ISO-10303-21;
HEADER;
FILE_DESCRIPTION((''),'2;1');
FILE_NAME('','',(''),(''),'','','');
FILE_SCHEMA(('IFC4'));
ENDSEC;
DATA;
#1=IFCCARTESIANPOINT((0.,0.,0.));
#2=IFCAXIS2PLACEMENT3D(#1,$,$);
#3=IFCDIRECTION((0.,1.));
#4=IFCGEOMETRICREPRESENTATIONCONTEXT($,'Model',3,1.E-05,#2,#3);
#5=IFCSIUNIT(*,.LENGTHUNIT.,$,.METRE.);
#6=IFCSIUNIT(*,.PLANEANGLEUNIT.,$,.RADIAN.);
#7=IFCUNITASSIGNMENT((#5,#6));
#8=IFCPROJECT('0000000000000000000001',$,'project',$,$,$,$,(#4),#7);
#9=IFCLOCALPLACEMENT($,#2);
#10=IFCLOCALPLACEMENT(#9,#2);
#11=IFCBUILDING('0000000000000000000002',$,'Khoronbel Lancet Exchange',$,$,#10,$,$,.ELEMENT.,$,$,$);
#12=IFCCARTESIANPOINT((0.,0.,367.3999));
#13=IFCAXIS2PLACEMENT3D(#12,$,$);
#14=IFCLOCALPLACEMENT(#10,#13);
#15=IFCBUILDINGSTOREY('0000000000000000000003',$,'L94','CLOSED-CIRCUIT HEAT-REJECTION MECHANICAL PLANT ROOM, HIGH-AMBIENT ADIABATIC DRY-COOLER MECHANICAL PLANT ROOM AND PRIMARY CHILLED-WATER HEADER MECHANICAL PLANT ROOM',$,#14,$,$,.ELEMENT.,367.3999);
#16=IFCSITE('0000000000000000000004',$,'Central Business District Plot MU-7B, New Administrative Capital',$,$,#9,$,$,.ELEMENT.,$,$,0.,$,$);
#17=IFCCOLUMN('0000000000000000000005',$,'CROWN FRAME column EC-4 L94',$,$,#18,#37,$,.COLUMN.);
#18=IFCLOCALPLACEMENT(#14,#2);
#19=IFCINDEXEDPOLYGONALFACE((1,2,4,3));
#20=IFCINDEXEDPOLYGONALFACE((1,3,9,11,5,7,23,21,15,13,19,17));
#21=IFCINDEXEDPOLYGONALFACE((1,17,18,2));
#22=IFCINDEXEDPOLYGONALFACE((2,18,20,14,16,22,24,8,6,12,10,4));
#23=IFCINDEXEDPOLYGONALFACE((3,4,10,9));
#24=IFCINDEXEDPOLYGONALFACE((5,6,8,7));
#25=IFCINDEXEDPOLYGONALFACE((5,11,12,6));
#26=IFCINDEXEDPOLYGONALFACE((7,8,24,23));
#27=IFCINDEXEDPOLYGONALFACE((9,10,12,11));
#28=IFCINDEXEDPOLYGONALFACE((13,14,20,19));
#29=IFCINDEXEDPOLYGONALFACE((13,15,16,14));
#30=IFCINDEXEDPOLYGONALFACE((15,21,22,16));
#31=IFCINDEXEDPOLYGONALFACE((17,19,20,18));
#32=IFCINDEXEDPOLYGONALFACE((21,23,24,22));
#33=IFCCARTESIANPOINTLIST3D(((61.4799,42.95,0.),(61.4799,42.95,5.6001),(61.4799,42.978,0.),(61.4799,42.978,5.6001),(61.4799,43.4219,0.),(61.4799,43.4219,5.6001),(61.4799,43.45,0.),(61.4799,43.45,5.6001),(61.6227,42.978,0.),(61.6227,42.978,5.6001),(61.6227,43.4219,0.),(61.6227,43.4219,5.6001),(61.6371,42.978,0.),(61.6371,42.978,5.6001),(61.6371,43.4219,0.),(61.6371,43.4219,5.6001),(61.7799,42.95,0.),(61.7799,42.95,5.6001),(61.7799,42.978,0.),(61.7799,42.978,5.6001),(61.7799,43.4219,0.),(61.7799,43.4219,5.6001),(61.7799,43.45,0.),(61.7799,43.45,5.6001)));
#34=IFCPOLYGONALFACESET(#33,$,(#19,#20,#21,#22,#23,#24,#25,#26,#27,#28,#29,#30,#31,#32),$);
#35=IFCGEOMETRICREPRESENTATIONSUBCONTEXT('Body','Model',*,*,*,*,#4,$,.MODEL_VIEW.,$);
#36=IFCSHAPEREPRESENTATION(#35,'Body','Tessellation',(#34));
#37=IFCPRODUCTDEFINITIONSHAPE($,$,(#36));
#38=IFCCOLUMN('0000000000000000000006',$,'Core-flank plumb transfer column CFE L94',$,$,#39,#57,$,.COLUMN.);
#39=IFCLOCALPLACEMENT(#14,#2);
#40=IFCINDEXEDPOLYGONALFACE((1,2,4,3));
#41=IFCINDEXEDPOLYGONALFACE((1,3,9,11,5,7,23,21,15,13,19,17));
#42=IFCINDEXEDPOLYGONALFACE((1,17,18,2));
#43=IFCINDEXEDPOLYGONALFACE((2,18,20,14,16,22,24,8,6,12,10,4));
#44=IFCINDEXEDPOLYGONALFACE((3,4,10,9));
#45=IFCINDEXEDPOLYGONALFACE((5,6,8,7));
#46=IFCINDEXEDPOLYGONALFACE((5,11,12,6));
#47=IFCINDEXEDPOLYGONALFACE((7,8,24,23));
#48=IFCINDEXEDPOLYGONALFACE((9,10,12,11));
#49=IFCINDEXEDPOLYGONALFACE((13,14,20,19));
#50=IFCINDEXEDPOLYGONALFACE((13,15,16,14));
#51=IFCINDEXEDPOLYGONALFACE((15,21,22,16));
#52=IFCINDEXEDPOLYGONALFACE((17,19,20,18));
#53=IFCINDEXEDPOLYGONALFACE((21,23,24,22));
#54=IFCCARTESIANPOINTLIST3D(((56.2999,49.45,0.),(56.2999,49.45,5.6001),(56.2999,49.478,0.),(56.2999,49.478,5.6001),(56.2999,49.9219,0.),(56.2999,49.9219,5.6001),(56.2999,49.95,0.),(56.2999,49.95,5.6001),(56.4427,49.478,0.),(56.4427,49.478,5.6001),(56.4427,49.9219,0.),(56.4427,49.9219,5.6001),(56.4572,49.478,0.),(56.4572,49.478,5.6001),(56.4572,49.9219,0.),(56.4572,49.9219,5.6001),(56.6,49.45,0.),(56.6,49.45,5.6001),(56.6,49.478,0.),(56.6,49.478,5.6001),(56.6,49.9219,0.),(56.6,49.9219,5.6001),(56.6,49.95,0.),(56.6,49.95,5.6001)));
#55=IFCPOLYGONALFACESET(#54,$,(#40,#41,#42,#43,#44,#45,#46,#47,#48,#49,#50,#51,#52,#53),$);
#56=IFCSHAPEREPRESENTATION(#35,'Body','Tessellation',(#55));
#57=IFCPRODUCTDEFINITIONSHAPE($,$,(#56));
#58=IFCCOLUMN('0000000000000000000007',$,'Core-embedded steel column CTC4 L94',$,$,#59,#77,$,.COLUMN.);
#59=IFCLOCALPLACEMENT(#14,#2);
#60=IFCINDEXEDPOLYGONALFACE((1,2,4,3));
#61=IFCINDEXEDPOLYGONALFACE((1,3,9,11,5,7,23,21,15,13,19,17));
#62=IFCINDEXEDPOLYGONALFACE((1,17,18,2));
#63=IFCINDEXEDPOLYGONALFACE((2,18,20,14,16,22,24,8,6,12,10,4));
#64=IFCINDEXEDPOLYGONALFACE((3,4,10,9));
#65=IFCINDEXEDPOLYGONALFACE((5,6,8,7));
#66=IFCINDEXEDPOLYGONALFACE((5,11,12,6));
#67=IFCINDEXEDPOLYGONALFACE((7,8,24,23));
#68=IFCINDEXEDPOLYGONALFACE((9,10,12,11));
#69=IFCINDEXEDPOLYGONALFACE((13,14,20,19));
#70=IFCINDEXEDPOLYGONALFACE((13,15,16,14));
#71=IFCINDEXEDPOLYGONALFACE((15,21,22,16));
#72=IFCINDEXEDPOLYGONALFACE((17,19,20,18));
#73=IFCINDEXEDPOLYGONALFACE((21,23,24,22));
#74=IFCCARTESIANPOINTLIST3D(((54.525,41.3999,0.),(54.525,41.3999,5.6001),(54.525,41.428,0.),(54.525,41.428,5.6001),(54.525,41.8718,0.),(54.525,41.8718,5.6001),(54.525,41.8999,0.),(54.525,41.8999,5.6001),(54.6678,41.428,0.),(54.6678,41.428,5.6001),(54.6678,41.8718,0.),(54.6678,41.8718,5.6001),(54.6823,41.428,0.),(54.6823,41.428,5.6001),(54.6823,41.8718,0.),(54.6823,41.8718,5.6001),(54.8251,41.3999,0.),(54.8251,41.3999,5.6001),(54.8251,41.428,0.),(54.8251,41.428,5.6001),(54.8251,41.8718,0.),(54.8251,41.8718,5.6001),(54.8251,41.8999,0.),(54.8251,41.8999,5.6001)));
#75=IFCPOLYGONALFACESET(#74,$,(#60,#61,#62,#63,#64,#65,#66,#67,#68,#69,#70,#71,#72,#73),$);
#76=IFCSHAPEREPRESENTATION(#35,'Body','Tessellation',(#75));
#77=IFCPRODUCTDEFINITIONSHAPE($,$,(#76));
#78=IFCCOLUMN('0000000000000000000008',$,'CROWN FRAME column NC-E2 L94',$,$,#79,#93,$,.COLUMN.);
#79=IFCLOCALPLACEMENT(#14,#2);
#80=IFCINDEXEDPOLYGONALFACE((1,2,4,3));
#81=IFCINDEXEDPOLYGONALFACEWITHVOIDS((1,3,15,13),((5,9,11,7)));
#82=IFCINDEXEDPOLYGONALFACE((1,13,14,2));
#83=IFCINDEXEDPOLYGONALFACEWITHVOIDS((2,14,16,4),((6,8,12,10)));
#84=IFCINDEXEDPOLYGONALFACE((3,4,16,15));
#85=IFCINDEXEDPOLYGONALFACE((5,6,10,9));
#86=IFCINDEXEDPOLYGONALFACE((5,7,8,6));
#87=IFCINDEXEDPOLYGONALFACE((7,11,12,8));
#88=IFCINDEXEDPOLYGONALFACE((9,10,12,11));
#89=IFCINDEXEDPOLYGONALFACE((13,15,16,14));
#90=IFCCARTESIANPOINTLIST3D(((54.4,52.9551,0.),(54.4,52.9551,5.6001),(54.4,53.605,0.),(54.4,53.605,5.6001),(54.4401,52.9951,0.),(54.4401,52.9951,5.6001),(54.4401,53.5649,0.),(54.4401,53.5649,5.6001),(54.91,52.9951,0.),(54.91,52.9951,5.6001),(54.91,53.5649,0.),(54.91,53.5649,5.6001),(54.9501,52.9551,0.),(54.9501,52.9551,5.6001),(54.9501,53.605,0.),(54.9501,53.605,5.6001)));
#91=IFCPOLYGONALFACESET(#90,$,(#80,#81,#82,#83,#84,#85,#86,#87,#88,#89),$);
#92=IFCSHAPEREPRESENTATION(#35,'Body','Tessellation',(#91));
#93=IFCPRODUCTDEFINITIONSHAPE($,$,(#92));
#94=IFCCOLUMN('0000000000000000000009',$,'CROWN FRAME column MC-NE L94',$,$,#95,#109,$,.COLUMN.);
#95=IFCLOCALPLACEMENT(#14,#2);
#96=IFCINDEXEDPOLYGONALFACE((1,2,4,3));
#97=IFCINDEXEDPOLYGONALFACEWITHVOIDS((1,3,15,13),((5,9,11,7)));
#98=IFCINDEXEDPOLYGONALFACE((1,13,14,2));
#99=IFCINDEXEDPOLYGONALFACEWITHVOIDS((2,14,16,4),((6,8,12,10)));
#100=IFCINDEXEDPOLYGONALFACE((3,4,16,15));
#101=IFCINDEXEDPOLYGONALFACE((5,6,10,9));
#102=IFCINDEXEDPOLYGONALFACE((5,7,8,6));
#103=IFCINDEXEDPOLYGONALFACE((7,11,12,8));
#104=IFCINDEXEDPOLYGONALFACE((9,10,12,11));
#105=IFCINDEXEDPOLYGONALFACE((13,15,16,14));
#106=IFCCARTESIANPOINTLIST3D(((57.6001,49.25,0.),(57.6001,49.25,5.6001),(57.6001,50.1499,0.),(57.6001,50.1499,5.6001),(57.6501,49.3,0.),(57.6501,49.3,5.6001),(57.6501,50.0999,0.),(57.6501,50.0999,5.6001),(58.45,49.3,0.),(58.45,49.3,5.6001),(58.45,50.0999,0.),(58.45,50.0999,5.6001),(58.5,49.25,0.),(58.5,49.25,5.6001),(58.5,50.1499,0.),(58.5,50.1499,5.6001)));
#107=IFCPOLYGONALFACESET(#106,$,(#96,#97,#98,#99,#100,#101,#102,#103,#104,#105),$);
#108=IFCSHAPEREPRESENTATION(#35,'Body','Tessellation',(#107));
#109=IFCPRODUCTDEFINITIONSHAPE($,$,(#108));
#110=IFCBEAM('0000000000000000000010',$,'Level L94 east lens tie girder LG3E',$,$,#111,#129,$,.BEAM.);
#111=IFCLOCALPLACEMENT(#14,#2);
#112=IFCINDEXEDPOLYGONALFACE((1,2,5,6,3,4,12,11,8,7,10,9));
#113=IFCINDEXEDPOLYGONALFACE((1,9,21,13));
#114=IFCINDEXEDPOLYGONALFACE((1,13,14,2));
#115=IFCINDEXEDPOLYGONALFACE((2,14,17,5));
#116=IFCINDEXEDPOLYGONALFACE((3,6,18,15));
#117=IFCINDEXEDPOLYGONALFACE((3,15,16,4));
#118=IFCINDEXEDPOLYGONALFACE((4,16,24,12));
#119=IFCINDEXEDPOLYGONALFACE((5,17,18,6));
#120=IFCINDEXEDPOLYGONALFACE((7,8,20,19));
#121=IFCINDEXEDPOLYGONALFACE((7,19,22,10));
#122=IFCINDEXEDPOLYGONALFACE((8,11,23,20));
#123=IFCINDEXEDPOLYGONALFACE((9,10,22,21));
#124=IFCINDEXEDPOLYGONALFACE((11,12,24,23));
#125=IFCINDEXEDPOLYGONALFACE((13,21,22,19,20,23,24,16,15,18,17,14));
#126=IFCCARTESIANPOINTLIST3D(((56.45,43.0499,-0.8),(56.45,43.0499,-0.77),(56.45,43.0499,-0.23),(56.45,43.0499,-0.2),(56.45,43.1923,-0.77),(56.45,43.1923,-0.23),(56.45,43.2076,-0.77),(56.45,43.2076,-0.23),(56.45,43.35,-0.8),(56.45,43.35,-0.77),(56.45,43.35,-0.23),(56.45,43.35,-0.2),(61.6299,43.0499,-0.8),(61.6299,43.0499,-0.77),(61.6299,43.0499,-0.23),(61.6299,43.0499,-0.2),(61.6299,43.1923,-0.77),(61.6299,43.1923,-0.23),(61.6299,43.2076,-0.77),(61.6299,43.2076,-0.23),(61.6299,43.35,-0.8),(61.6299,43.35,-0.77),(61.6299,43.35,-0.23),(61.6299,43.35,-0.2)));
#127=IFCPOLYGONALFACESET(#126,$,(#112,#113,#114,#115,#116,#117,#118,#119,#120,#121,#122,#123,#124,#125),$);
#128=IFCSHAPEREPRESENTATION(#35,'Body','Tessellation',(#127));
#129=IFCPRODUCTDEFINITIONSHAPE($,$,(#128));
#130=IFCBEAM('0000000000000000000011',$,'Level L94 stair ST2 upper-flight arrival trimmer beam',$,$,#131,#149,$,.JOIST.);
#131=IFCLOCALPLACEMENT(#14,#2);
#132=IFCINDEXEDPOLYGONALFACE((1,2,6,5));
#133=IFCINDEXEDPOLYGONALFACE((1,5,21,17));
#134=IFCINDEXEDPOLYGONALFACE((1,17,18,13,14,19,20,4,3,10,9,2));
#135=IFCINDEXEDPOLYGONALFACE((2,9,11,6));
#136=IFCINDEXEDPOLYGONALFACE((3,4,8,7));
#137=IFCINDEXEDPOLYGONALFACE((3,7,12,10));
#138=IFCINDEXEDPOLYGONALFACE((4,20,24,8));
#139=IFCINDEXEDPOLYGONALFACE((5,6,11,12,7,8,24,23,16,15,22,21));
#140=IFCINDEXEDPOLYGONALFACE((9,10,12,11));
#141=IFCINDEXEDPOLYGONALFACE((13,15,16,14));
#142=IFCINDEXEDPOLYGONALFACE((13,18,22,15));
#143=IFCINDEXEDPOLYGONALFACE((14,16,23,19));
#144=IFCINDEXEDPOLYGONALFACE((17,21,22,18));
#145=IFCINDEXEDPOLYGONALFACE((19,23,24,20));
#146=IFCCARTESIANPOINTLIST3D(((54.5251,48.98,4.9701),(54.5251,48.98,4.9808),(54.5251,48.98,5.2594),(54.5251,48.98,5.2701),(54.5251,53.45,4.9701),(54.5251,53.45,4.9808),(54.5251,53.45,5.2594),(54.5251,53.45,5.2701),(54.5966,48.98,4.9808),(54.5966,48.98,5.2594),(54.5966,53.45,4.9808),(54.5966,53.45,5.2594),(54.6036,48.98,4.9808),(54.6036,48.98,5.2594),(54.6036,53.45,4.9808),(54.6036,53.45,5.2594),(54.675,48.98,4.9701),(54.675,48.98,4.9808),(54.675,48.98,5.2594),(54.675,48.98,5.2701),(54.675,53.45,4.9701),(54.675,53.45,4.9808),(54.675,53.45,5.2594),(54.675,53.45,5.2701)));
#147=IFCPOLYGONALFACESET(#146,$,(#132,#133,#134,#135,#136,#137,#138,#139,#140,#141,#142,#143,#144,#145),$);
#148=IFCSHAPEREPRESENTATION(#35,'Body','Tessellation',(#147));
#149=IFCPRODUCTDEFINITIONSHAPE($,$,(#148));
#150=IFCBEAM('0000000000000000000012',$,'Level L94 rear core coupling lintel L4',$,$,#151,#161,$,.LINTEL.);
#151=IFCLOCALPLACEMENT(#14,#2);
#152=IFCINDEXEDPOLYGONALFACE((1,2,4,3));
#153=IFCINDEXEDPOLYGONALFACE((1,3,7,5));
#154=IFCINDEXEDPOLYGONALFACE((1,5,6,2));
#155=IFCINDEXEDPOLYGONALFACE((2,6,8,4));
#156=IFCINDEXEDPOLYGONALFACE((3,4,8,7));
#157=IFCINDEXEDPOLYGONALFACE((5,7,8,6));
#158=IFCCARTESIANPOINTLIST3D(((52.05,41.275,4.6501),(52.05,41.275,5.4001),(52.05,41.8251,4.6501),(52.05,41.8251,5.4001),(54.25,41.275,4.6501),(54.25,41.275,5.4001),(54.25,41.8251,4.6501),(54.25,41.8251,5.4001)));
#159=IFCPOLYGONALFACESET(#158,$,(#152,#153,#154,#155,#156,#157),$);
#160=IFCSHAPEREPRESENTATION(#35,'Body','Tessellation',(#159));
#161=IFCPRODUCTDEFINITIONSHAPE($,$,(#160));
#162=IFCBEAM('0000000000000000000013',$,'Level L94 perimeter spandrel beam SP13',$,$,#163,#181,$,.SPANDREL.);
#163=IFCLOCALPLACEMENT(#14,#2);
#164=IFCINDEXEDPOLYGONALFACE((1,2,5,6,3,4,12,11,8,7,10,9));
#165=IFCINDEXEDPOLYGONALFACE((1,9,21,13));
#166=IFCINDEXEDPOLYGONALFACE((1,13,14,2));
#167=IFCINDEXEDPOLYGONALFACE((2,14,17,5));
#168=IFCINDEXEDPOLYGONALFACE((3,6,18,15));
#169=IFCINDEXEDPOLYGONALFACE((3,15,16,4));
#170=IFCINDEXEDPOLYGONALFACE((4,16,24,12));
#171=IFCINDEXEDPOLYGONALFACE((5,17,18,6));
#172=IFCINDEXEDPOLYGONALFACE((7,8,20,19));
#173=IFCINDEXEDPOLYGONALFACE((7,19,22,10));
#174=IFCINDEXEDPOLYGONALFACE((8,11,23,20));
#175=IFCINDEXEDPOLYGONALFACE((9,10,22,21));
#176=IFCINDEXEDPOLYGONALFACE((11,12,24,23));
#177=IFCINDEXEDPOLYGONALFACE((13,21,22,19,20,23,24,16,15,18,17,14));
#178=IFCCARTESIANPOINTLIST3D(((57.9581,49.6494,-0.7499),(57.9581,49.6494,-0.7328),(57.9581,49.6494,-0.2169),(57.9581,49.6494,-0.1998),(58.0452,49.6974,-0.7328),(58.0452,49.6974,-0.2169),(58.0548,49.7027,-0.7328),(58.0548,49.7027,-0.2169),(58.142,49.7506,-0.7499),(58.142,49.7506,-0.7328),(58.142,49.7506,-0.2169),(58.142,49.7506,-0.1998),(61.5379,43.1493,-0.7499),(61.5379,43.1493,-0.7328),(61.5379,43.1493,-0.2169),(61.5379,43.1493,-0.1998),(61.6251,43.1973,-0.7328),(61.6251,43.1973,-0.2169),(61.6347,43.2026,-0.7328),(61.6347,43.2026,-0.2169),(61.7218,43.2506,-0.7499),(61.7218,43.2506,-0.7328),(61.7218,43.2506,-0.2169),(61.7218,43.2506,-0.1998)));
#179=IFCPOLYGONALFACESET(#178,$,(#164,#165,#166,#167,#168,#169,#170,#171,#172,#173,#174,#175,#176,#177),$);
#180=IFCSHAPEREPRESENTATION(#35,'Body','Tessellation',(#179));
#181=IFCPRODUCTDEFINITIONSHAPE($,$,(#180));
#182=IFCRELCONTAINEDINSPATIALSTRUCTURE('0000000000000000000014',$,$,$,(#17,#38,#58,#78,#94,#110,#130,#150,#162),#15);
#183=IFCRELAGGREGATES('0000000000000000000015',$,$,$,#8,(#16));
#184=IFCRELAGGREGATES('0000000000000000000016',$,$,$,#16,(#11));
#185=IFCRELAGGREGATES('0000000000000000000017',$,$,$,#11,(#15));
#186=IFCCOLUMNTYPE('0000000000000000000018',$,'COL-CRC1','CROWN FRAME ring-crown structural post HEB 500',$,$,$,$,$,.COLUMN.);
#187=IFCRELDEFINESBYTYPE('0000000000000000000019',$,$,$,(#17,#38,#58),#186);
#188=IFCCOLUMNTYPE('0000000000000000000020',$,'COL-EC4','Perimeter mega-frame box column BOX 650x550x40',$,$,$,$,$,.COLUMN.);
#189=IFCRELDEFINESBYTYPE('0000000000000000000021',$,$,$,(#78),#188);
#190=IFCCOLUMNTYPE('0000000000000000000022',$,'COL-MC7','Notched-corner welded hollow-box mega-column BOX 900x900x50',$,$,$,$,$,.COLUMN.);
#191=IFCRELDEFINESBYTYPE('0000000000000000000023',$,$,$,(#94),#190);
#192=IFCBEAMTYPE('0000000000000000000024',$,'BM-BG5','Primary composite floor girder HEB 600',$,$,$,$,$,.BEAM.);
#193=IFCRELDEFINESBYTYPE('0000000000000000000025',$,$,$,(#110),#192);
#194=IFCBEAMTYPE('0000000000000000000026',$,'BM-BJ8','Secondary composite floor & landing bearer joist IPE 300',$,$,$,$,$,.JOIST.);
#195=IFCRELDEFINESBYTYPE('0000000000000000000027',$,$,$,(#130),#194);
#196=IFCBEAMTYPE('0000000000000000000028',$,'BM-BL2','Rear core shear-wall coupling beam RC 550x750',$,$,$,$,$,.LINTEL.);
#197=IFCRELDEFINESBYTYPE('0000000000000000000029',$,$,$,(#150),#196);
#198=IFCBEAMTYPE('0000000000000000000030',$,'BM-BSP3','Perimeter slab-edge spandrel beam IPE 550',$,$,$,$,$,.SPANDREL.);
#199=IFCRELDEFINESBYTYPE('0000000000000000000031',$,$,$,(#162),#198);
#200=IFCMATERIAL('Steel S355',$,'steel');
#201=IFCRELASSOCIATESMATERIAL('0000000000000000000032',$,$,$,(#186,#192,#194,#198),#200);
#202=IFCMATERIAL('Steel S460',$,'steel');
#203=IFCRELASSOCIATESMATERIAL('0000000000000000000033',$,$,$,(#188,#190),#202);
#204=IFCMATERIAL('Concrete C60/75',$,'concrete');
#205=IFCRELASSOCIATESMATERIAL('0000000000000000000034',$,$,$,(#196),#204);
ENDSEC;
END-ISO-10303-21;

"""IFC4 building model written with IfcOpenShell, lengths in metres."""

from ifc_helpers import new_model, si_unit, direction, frame, origin, origin_2d, place, context, subcontext, project, spatial, rectangle, hollow_rectangle, i_section, extrude, material, material_profile, profile_set, type_object, element, save


model = new_model("IFC4")

# Units and contexts
model_context = context("Model", 3, precision=1e-05, world=origin(), true_north=direction((0.0, 1.0)))
body_context = subcontext(model_context, "Body", "Model", "MODEL_VIEW")
ifc_project = project(units=[si_unit("LENGTHUNIT", "METRE"), si_unit("PLANEANGLEUNIT", "RADIAN")], contexts=[model_context])

# Site, building, storey
site_placement = place(None, origin())
site = spatial("IfcSite", under=ifc_project, at=site_placement, Name="Central Business District Plot MU-7B, New Administrative Capital", CompositionType="ELEMENT", RefElevation=0.0)
building_placement = place(site_placement, origin())
building = spatial("IfcBuilding", under=site, at=building_placement, Name="Khoronbel Lancet Exchange", CompositionType="ELEMENT")
storey_placement = place(building_placement, frame((0.0, 0.0, 367.3999)))
storey = spatial("IfcBuildingStorey", under=building, at=storey_placement, Name="L94", Description="CLOSED-CIRCUIT HEAT-REJECTION MECHANICAL PLANT ROOM, HIGH-AMBIENT ADIABATIC DRY-COOLER MECHANICAL PLANT ROOM AND PRIMARY CHILLED-WATER HEADER MECHANICAL PLANT ROOM", CompositionType="ELEMENT", Elevation=367.3999)

# Columns
ifc_material_1 = material(Name="Steel S355", Category="steel")
ifc_material_profile_1 = material_profile(ifc_material_1, i_section(OverallWidth=0.3, OverallDepth=0.5, WebThickness=0.0144, FlangeThickness=0.0281, at=origin_2d()), Name="HEB 500")
ifc_profile_set_1 = profile_set([ifc_material_profile_1], Name="Steel S355")
column_type_1 = type_object("IfcColumnType", Name="COL-CRC1", Description="CROWN FRAME ring-crown structural post HEB 500", PredefinedType="COLUMN", material=ifc_profile_set_1)
for number, where, z_axis, x_axis, name in (
    (1, (61.6299, 43.2, 0.0), (0.0, 0.0, 1.0), (1.0, 0.0, 0.0), "CROWN FRAME column EC-4 L94"),
    (2, (56.45, 49.7, 0.0), (0.0, 0.0, 1.0), (1.0, 0.0, 0.0), "Core-flank plumb transfer column CFE L94"),
    (3, (54.675, 41.6499, 0.0), (0.0, 0.0, 1.0), (1.0, 0.0, 0.0), "Core-embedded steel column CTC4 L94"),
):
    element("IfcColumn", number, at=place(storey_placement, frame(where, z_axis=z_axis, x_axis=x_axis)), inside=storey, type_object=column_type_1, Name=name, PredefinedType="COLUMN", context=body_context, shape_type="SweptSolid", body=[
        extrude(i_section(OverallWidth=0.3, OverallDepth=0.5, WebThickness=0.0144, FlangeThickness=0.0281, at=origin_2d()), origin(), (0.0, 0.0, 1.0), 5.6001),
    ])
ifc_material_2 = material(Name="Steel S460", Category="steel")
ifc_material_profile_2 = material_profile(ifc_material_2, hollow_rectangle(XDim=0.55, YDim=0.6499, WallThickness=0.04, at=origin_2d()), Name="BOX 650x550x40")
ifc_profile_set_2 = profile_set([ifc_material_profile_2], Name="Steel S460")
column_type_2 = type_object("IfcColumnType", Name="COL-EC4", Description="Perimeter mega-frame box column BOX 650x550x40", PredefinedType="COLUMN", material=ifc_profile_set_2)
column_1_placement = place(storey_placement, frame((54.675, 53.28, 0.0), z_axis=(0.0, 0.0, 1.0), x_axis=(1.0, 0.0, 0.0)))
element("IfcColumn", 4, at=column_1_placement, inside=storey, type_object=column_type_2, Name="CROWN FRAME column NC-E2 L94", PredefinedType="COLUMN", context=body_context, shape_type="SweptSolid", body=[
    extrude(hollow_rectangle(XDim=0.55, YDim=0.6499, WallThickness=0.04, at=origin_2d()), origin(), (0.0, 0.0, 1.0), 5.6001),
])
ifc_material_profile_3 = material_profile(ifc_material_2, hollow_rectangle(XDim=0.8999, YDim=0.8999, WallThickness=0.05, at=origin_2d()), Name="BOX 900x900x50")
ifc_profile_set_3 = profile_set([ifc_material_profile_3], Name="Steel S460")
column_type_3 = type_object("IfcColumnType", Name="COL-MC7", Description="Notched-corner welded hollow-box mega-column BOX 900x900x50", PredefinedType="COLUMN", material=ifc_profile_set_3)
column_2_placement = place(storey_placement, frame((58.05, 49.7, 0.0), z_axis=(0.0, 0.0, 1.0), x_axis=(1.0, 0.0, 0.0)))
element("IfcColumn", 5, at=column_2_placement, inside=storey, type_object=column_type_3, Name="CROWN FRAME column MC-NE L94", PredefinedType="COLUMN", context=body_context, shape_type="SweptSolid", body=[
    extrude(hollow_rectangle(XDim=0.8999, YDim=0.8999, WallThickness=0.05, at=origin_2d()), origin(), (0.0, 0.0, 1.0), 5.6001),
])

# Beams
ifc_material_profile_4 = material_profile(ifc_material_1, i_section(OverallWidth=0.3, OverallDepth=0.6001, WebThickness=0.0154, FlangeThickness=0.03, at=origin_2d()), Name="HEB 600")
ifc_profile_set_4 = profile_set([ifc_material_profile_4], Name="Steel S355")
beam_type_1 = type_object("IfcBeamType", Name="BM-BG5", Description="Primary composite floor girder HEB 600", PredefinedType="BEAM", material=ifc_profile_set_4)
beam_1_placement = place(storey_placement, frame((56.45, 43.2, -0.5), z_axis=(1.0, 0.0, 0.0), x_axis=(0.0, 1.0, 0.0)))
element("IfcBeam", 6, at=beam_1_placement, inside=storey, type_object=beam_type_1, Name="Level L94 east lens tie girder LG3E", PredefinedType="BEAM", context=body_context, shape_type="SweptSolid", body=[
    extrude(i_section(OverallWidth=0.3, OverallDepth=0.6001, WebThickness=0.0154, FlangeThickness=0.03, at=origin_2d()), origin(), (0.0, 0.0, 1.0), 5.1799),
])
ifc_material_profile_5 = material_profile(ifc_material_1, i_section(OverallWidth=0.1499, OverallDepth=0.3, WebThickness=0.0071, FlangeThickness=0.0107, at=origin_2d()), Name="IPE 300")
ifc_profile_set_5 = profile_set([ifc_material_profile_5], Name="Steel S355")
beam_type_2 = type_object("IfcBeamType", Name="BM-BJ8", Description="Secondary composite floor & landing bearer joist IPE 300", PredefinedType="JOIST", material=ifc_profile_set_5)
beam_2_placement = place(storey_placement, frame((54.6001, 48.98, 5.1201), z_axis=(0.0, 1.0, 0.0), x_axis=(-1.0, 0.0, 0.0)))
element("IfcBeam", 7, at=beam_2_placement, inside=storey, type_object=beam_type_2, Name="Level L94 stair ST2 upper-flight arrival trimmer beam", PredefinedType="JOIST", context=body_context, shape_type="SweptSolid", body=[
    extrude(i_section(OverallWidth=0.1499, OverallDepth=0.3, WebThickness=0.0071, FlangeThickness=0.0107, at=origin_2d()), origin(), (0.0, 0.0, 1.0), 4.47),
])
ifc_material_3 = material(Name="Concrete C60/75", Category="concrete")
ifc_material_profile_6 = material_profile(ifc_material_3, rectangle(XDim=0.55, YDim=0.75, at=origin_2d()), Name="RC 550x750")
ifc_profile_set_6 = profile_set([ifc_material_profile_6], Name="Concrete C60/75")
beam_type_3 = type_object("IfcBeamType", Name="BM-BL2", Description="Rear core shear-wall coupling beam RC 550x750", PredefinedType="LINTEL", material=ifc_profile_set_6)
beam_3_placement = place(storey_placement, frame((52.05, 41.55, 5.0251), z_axis=(1.0, 0.0, 0.0), x_axis=(0.0, 1.0, 0.0)))
element("IfcBeam", 8, at=beam_3_placement, inside=storey, type_object=beam_type_3, Name="Level L94 rear core coupling lintel L4", PredefinedType="LINTEL", context=body_context, shape_type="SweptSolid", body=[
    extrude(rectangle(XDim=0.55, YDim=0.75, at=origin_2d()), origin(), (0.0, 0.0, 1.0), 2.2),
])
ifc_material_profile_7 = material_profile(ifc_material_1, i_section(OverallWidth=0.21, OverallDepth=0.55, WebThickness=0.011, FlangeThickness=0.0171, at=origin_2d()), Name="IPE 550")
ifc_profile_set_7 = profile_set([ifc_material_profile_7], Name="Steel S355")
beam_type_4 = type_object("IfcBeamType", Name="BM-BSP3", Description="Perimeter slab-edge spandrel beam IPE 550", PredefinedType="SPANDREL", material=ifc_profile_set_7)
beam_4_placement = place(storey_placement, frame((61.6299, 43.2, -0.4749), z_axis=(-0.482419, 0.875941, 0.0), x_axis=(-0.875941, -0.482419, 0.0)))
element("IfcBeam", 9, at=beam_4_placement, inside=storey, type_object=beam_type_4, Name="Level L94 perimeter spandrel beam SP13", PredefinedType="SPANDREL", context=body_context, shape_type="SweptSolid", body=[
    extrude(i_section(OverallWidth=0.21, OverallDepth=0.55, WebThickness=0.011, FlangeThickness=0.0171, at=origin_2d()), origin(), (0.0, 0.0, 1.0), 7.4207),
])

save(model, "model.ifc")
